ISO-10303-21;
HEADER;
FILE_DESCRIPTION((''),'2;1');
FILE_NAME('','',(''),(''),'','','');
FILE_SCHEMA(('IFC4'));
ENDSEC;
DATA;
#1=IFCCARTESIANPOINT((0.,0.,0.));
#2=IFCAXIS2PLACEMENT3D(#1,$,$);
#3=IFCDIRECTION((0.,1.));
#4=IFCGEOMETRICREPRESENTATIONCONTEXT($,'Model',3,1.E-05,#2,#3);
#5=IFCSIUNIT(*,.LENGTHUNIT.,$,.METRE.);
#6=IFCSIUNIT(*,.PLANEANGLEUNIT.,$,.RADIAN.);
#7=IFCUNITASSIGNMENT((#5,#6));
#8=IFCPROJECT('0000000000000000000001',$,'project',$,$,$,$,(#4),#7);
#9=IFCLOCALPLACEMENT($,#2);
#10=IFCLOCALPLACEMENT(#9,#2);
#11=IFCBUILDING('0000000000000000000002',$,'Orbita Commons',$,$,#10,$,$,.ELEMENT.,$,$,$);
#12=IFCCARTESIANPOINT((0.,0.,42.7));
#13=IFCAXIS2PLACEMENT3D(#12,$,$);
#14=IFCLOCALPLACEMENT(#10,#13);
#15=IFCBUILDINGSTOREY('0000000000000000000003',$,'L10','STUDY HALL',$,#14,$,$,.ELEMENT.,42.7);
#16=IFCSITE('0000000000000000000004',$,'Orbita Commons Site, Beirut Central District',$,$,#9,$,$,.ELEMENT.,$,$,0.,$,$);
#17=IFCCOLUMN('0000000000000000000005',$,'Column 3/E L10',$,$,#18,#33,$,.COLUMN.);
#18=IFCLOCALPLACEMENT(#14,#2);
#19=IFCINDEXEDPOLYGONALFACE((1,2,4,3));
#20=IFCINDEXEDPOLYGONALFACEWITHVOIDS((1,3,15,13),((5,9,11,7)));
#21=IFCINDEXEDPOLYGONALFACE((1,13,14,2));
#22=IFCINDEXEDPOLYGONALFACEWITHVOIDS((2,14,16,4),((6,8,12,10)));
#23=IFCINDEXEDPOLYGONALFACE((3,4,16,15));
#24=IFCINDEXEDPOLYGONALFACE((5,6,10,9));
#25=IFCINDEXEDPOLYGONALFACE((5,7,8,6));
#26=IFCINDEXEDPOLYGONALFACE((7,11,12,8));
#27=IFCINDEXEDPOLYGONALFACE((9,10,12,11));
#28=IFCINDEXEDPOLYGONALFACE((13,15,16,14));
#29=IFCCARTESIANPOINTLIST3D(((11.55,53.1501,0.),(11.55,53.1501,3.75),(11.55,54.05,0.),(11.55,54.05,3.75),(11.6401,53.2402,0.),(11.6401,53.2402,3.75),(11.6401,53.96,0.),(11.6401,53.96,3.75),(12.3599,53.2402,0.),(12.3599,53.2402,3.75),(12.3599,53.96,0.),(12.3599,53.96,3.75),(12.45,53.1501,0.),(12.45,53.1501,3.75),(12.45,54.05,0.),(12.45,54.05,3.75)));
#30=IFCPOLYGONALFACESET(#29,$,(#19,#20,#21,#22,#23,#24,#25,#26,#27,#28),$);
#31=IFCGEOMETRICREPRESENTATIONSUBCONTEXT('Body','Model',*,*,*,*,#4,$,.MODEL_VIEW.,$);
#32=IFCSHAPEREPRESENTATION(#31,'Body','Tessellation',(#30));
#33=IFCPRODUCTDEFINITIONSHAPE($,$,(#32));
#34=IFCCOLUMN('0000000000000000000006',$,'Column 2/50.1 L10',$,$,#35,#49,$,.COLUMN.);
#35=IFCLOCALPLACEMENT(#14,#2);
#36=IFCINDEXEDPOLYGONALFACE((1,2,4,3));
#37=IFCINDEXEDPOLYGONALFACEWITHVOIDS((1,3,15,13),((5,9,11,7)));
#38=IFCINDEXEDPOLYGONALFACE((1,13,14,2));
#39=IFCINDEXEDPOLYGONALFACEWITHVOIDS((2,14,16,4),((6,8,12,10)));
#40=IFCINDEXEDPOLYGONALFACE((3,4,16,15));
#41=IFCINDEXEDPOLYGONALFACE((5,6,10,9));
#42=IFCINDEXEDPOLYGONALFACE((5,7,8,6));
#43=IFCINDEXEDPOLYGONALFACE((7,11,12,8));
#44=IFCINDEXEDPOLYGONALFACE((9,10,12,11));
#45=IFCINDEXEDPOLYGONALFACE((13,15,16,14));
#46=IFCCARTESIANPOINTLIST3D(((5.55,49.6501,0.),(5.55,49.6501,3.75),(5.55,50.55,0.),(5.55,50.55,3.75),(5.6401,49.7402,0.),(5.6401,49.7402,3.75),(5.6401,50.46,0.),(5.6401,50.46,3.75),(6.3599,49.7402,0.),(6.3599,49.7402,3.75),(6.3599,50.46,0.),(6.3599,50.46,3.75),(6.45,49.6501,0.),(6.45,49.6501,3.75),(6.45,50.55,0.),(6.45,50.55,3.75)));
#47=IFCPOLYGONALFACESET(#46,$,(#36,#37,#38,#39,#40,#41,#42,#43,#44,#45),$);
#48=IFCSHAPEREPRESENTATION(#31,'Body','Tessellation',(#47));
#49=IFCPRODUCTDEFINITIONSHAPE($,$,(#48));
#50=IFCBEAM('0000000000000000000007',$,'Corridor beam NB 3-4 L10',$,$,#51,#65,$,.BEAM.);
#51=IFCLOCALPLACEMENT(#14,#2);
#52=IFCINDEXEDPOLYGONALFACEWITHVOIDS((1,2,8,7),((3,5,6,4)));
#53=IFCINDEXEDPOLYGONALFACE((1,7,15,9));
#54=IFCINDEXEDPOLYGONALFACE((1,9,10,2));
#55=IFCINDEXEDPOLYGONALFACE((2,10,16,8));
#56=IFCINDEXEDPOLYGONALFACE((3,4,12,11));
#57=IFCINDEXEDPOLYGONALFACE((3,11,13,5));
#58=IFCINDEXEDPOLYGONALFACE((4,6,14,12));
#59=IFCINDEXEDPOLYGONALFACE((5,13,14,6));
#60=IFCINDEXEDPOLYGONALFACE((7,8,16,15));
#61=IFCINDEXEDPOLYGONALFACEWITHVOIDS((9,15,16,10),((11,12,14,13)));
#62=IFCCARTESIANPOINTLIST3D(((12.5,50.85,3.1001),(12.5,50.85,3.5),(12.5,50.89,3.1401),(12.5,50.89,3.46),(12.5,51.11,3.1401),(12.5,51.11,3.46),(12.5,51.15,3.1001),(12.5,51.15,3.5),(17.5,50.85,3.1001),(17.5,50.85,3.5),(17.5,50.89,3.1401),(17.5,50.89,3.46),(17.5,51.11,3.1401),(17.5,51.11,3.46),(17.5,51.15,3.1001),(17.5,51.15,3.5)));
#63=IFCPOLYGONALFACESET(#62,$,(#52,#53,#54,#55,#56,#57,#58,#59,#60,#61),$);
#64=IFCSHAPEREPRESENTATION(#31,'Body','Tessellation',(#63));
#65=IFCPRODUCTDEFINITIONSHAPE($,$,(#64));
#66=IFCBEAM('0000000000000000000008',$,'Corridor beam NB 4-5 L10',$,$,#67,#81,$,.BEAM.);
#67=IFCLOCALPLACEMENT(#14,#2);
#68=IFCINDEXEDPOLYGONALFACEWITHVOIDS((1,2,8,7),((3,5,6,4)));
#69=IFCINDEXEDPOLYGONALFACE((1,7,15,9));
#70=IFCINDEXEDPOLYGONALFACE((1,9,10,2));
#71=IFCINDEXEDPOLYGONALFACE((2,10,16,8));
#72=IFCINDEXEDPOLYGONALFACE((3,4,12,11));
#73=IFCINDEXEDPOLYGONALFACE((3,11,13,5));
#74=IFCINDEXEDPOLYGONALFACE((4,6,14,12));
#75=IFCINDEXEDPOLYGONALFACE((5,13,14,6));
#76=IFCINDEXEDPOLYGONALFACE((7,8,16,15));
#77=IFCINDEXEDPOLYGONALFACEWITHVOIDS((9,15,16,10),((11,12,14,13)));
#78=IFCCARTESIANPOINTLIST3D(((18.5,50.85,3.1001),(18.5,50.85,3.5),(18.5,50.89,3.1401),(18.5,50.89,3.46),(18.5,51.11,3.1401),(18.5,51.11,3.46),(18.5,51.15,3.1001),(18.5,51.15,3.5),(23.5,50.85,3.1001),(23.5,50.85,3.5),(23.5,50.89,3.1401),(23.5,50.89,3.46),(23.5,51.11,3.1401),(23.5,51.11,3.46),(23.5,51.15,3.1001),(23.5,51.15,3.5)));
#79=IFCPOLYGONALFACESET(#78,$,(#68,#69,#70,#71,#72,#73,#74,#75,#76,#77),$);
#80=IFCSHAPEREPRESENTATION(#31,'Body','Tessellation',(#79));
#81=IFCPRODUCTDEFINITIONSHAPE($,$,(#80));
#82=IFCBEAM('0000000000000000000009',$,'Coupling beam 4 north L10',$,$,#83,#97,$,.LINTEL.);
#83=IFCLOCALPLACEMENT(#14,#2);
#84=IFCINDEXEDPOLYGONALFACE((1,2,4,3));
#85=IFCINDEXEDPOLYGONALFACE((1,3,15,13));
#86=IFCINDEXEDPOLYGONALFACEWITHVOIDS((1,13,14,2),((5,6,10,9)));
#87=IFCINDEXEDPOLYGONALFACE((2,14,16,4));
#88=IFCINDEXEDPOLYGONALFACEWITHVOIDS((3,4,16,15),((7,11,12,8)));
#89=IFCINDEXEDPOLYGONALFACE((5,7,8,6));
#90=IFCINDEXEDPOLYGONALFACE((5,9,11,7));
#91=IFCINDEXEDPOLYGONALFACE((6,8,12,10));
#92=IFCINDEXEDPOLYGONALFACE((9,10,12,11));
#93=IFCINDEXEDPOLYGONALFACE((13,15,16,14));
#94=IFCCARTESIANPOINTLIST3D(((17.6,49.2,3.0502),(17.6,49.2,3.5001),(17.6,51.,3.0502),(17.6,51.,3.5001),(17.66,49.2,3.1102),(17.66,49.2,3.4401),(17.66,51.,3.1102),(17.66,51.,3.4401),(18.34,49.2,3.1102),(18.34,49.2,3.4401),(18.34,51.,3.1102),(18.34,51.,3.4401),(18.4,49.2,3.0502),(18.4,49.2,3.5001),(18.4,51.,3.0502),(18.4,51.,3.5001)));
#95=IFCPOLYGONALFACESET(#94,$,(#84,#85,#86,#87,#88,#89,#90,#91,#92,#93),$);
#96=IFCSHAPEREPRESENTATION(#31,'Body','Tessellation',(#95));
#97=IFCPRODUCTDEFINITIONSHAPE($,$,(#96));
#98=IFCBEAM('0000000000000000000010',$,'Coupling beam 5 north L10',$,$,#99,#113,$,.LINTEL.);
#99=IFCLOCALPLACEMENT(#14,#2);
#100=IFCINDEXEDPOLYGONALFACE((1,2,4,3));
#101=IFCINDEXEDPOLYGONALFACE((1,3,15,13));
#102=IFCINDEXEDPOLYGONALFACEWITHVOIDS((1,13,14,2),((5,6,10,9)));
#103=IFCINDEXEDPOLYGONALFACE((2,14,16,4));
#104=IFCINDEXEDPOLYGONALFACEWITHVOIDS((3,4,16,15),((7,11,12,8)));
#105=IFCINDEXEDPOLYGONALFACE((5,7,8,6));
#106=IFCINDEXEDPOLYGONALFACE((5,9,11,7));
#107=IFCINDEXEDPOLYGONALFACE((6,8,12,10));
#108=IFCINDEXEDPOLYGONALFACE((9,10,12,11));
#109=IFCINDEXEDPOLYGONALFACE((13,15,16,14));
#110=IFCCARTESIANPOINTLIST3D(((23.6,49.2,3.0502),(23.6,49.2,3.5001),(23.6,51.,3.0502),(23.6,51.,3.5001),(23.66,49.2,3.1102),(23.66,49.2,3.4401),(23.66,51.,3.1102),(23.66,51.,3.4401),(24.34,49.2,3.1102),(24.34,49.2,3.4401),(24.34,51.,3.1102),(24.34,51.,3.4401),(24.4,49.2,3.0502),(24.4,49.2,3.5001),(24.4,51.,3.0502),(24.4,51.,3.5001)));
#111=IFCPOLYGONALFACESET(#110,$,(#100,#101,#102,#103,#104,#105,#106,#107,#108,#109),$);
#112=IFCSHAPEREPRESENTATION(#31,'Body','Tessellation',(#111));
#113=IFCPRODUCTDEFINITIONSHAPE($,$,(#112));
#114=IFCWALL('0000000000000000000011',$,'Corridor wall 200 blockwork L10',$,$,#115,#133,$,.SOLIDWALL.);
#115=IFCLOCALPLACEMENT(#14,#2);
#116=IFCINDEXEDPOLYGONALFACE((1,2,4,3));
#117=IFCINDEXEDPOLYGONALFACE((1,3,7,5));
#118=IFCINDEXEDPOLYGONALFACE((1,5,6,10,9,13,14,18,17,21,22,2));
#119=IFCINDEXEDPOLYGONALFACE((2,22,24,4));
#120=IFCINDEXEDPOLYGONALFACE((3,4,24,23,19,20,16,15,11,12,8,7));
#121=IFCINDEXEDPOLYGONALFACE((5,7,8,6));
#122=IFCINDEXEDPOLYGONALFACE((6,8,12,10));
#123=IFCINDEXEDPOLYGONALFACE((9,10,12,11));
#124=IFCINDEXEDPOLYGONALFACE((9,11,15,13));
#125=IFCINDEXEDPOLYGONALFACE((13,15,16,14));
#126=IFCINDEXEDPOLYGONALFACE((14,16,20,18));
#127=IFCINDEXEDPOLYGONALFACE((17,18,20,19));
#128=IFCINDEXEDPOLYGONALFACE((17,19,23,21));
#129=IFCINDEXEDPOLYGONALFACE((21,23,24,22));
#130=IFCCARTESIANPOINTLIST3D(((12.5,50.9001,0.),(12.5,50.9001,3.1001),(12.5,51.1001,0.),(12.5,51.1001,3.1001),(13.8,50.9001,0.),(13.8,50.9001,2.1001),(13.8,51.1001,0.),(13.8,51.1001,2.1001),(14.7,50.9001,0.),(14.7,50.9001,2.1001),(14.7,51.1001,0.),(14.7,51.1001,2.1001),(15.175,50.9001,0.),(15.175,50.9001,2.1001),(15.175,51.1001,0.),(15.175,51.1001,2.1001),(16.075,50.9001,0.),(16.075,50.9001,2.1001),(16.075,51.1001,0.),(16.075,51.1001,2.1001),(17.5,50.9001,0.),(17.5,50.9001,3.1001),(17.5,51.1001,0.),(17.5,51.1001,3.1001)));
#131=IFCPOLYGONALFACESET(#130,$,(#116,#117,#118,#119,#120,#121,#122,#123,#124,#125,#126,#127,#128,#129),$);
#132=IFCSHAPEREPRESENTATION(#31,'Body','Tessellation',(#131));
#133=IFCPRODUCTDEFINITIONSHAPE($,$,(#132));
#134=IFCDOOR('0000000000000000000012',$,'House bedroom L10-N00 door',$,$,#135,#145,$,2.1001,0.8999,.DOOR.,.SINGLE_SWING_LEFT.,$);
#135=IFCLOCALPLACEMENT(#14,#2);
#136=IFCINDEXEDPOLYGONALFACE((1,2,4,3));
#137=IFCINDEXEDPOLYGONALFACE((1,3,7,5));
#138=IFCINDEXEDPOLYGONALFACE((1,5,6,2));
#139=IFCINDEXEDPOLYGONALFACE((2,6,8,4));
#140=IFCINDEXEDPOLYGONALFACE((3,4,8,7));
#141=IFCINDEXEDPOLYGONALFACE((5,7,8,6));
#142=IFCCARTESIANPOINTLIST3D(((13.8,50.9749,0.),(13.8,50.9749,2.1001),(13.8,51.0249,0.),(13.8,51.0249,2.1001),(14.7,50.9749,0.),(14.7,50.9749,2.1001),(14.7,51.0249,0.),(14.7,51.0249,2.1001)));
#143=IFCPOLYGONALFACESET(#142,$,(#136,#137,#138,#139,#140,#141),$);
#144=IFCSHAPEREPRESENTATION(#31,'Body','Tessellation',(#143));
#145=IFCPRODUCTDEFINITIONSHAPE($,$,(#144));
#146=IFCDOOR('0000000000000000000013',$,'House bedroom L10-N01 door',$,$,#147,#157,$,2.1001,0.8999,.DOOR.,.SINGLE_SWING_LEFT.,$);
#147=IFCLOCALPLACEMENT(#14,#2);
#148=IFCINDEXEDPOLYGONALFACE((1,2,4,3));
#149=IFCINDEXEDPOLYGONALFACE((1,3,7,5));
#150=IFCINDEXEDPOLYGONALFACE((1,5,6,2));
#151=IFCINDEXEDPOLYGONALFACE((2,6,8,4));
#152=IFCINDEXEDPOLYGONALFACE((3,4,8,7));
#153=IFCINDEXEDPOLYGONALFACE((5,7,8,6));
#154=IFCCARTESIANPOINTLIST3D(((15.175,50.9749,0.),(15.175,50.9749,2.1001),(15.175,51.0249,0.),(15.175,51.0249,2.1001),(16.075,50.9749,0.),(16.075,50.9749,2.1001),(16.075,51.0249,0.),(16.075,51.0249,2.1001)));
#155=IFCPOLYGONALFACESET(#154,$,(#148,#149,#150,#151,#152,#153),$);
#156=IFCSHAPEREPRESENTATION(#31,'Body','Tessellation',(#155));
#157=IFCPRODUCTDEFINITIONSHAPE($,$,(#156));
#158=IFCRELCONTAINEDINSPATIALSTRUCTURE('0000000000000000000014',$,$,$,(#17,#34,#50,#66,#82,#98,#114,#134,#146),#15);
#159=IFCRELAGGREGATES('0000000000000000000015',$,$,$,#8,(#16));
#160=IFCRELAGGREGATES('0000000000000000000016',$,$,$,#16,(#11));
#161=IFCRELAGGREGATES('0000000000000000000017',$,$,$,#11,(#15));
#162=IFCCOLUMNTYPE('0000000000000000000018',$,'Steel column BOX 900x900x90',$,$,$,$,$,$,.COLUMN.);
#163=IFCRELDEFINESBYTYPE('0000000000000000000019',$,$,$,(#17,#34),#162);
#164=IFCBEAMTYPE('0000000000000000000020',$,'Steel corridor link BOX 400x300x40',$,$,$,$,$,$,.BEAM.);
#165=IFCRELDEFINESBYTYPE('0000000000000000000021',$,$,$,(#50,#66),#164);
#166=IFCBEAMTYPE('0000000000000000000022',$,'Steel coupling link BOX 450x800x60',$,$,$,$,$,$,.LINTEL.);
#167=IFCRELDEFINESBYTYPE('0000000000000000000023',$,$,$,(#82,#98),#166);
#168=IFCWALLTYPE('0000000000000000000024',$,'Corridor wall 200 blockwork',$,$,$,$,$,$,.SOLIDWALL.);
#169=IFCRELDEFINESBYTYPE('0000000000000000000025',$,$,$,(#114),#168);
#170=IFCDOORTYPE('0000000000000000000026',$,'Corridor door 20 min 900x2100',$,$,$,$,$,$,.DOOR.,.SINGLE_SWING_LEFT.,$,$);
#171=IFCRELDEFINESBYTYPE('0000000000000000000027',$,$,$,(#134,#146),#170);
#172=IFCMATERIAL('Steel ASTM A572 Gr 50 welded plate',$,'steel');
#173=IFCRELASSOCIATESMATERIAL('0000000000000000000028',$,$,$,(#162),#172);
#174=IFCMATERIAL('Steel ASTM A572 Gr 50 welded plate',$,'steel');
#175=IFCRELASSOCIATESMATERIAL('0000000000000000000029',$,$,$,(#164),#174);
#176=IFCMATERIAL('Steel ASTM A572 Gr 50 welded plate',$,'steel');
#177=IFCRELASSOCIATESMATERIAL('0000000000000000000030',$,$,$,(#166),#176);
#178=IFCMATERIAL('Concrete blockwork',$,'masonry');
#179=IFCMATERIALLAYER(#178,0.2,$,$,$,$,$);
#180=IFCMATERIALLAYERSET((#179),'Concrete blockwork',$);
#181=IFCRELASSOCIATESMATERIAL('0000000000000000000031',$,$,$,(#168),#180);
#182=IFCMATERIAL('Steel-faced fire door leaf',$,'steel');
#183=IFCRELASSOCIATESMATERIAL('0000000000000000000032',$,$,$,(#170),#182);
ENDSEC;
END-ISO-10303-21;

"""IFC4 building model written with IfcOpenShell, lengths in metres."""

from ifc_helpers import new_model, si_unit, direction, frame, frame_2d, origin, origin_2d, place, context, subcontext, project, spatial, polyline, rectangle, hollow_rectangle, outline, extrude, material, layer, layer_set, material_profile, profile_set, type_object, element, fill, save


model = new_model("IFC4")

# Units and contexts
model_context = context("Model", 3, precision=1e-05, world=origin(), true_north=direction((0.0, 1.0)))
body_context = subcontext(model_context, "Body", "Model", "MODEL_VIEW")
ifc_project = project(units=[si_unit("LENGTHUNIT", "METRE"), si_unit("PLANEANGLEUNIT", "RADIAN")], contexts=[model_context])

# Site, building, storey
site_placement = place(None, origin())
site = spatial("IfcSite", under=ifc_project, at=site_placement, Name="Orbita Commons Site, Beirut Central District", CompositionType="ELEMENT", RefElevation=0.0)
building_placement = place(site_placement, origin())
building = spatial("IfcBuilding", under=site, at=building_placement, Name="Orbita Commons", CompositionType="ELEMENT")
storey_placement = place(building_placement, frame((0.0, 0.0, 42.7)))
storey = spatial("IfcBuildingStorey", under=building, at=storey_placement, Name="L10", Description="STUDY HALL", CompositionType="ELEMENT", Elevation=42.7)

# Columns
ifc_material_1 = material(Name="Steel ASTM A572 Gr 50 welded plate", Category="steel")
ifc_material_profile_1 = material_profile(ifc_material_1, hollow_rectangle(XDim=0.8999, YDim=0.8999, WallThickness=0.0901, at=origin_2d()), Name="BOX 900x900x90")
ifc_profile_set_1 = profile_set([ifc_material_profile_1], Name="Steel ASTM A572 Gr 50 welded plate")
column_type = type_object("IfcColumnType", Name="Steel column BOX 900x900x90", PredefinedType="COLUMN", material=ifc_profile_set_1)
for number, where, z_axis, x_axis, name in (
    (1, (12.0, 53.6001, 0.0), (0.0, 0.0, 1.0), (1.0, 0.0, 0.0), "Column 3/E L10"),
    (2, (6.0, 50.1001, 0.0), (0.0, 0.0, 1.0), (1.0, 0.0, 0.0), "Column 2/50.1 L10"),
):
    element("IfcColumn", number, at=place(storey_placement, frame(where, z_axis=z_axis, x_axis=x_axis)), inside=storey, type_object=column_type, Name=name, PredefinedType="COLUMN", context=body_context, shape_type="SweptSolid", body=[
        extrude(hollow_rectangle(XDim=0.8999, YDim=0.8999, WallThickness=0.0901, at=origin_2d()), origin(), (0.0, 0.0, 1.0), 3.75),
    ])

# Beams
ifc_material_2 = material(Name="Steel ASTM A572 Gr 50 welded plate", Category="steel")
ifc_material_profile_2 = material_profile(ifc_material_2, hollow_rectangle(XDim=0.3, YDim=0.3999, WallThickness=0.04, at=origin_2d()), Name="BOX 400x300x40")
ifc_profile_set_2 = profile_set([ifc_material_profile_2], Name="Steel ASTM A572 Gr 50 welded plate")
beam_type_1 = type_object("IfcBeamType", Name="Steel corridor link BOX 400x300x40", PredefinedType="BEAM", material=ifc_profile_set_2)
for number, where, z_axis, x_axis, name in (
    (3, (12.5, 51.0, 3.3), (1.0, 0.0, 0.0), (0.0, 1.0, 0.0), "Corridor beam NB 3-4 L10"),
    (4, (18.5, 51.0, 3.3), (1.0, 0.0, 0.0), (0.0, 1.0, 0.0), "Corridor beam NB 4-5 L10"),
):
    element("IfcBeam", number, at=place(storey_placement, frame(where, z_axis=z_axis, x_axis=x_axis)), inside=storey, type_object=beam_type_1, Name=name, PredefinedType="BEAM", context=body_context, shape_type="SweptSolid", body=[
        extrude(hollow_rectangle(XDim=0.3, YDim=0.3999, WallThickness=0.04, at=origin_2d()), origin(), (0.0, 0.0, 1.0), 5.0),
    ])
ifc_material_3 = material(Name="Steel ASTM A572 Gr 50 welded plate", Category="steel")
ifc_material_profile_3 = material_profile(ifc_material_3, hollow_rectangle(XDim=0.8, YDim=0.45, WallThickness=0.0601, at=origin_2d()), Name="BOX 450x800x60")
ifc_profile_set_3 = profile_set([ifc_material_profile_3], Name="Steel ASTM A572 Gr 50 welded plate")
beam_type_2 = type_object("IfcBeamType", Name="Steel coupling link BOX 450x800x60", PredefinedType="LINTEL", material=ifc_profile_set_3)
for number, where, z_axis, x_axis, name in (
    (5, (18.0, 49.2, 3.2751), (0.0, 1.0, 0.0), (-1.0, 0.0, 0.0), "Coupling beam 4 north L10"),
    (6, (24.0, 49.2, 3.2751), (0.0, 1.0, 0.0), (-1.0, 0.0, 0.0), "Coupling beam 5 north L10"),
):
    element("IfcBeam", number, at=place(storey_placement, frame(where, z_axis=z_axis, x_axis=x_axis)), inside=storey, type_object=beam_type_2, Name=name, PredefinedType="LINTEL", context=body_context, shape_type="SweptSolid", body=[
        extrude(hollow_rectangle(XDim=0.8, YDim=0.45, WallThickness=0.0601, at=origin_2d()), origin(), (0.0, 0.0, 1.0), 1.8),
    ])

# Wall, openings, doors
ifc_material_4 = material(Name="Concrete blockwork", Category="masonry")
ifc_layer_1 = layer(ifc_material_4, 0.2)
ifc_layer_set_1 = layer_set([ifc_layer_1], Name="Concrete blockwork")
wall_type_1 = type_object("IfcWallType", Name="Corridor wall 200 blockwork", PredefinedType="SOLIDWALL", material=ifc_layer_set_1)
wall_1_placement = place(storey_placement, frame((12.5, 51.0, 0.0), z_axis=(0.0, 0.0, 1.0), x_axis=(1.0, 0.0, 0.0)))
wall_1 = element("IfcWall", 7, at=wall_1_placement, inside=storey, type_object=wall_type_1, Name="Corridor wall 200 blockwork L10", PredefinedType="SOLIDWALL", context=body_context, shape_type="SweptSolid", body=[
    extrude(outline(polyline([(0.0, 0.0), (5.0, 0.0), (5.0, 3.1001), (0.0, 3.1001), (0.0, 0.0)])), frame((0.0, 0.1001, 0.0), z_axis=(0.0, -1.0, 0.0), x_axis=(1.0, 0.0, 0.0)), (0.0, 0.0, 1.0), 0.2),
])
opening_1_placement = place(wall_1_placement, frame((1.3, 0.0, 0.0)))
opening_1 = element("IfcOpeningElement", 8, at=opening_1_placement, cuts=wall_1, PredefinedType="OPENING", context=body_context, shape_type="SweptSolid", body=[
    extrude(rectangle(XDim=0.8999, YDim=2.1001, at=frame_2d((0.45, 1.05))), frame((0.0, 0.1099, 0.0), z_axis=(0.0, -1.0, 0.0), x_axis=(1.0, 0.0, 0.0)), (0.0, 0.0, 1.0), 0.22),
])
opening_2_placement = place(wall_1_placement, frame((2.675, 0.0, 0.0)))
opening_2 = element("IfcOpeningElement", 9, at=opening_2_placement, cuts=wall_1, PredefinedType="OPENING", context=body_context, shape_type="SweptSolid", body=[
    extrude(rectangle(XDim=0.8999, YDim=2.1001, at=frame_2d((0.45, 1.05))), frame((0.0, 0.1099, 0.0), z_axis=(0.0, -1.0, 0.0), x_axis=(1.0, 0.0, 0.0)), (0.0, 0.0, 1.0), 0.22),
])
ifc_material_5 = material(Name="Steel-faced fire door leaf", Category="steel")
door_type_1 = type_object("IfcDoorType", Name="Corridor door 20 min 900x2100", OperationType="SINGLE_SWING_LEFT", PredefinedType="DOOR", material=ifc_material_5)
door_1_placement = place(opening_1_placement, origin())
door_1 = element("IfcDoor", 10, at=door_1_placement, inside=storey, type_object=door_type_1, Name="House bedroom L10-N00 door", OperationType="SINGLE_SWING_LEFT", OverallHeight=2.1001, OverallWidth=0.8999, PredefinedType="DOOR", context=body_context, shape_type="SweptSolid", body=[
    extrude(rectangle(XDim=0.8999, YDim=2.1001, at=frame_2d((0.45, 1.05))), frame((0.0, 0.0249, 0.0), z_axis=(0.0, -1.0, 0.0), x_axis=(1.0, 0.0, 0.0)), (0.0, 0.0, 1.0), 0.05),
])
fill(opening_1, door_1)
door_2_placement = place(opening_2_placement, origin())
door_2 = element("IfcDoor", 11, at=door_2_placement, inside=storey, type_object=door_type_1, Name="House bedroom L10-N01 door", OperationType="SINGLE_SWING_LEFT", OverallHeight=2.1001, OverallWidth=0.8999, PredefinedType="DOOR", context=body_context, shape_type="SweptSolid", body=[
    extrude(rectangle(XDim=0.8999, YDim=2.1001, at=frame_2d((0.45, 1.05))), frame((0.0, 0.0249, 0.0), z_axis=(0.0, -1.0, 0.0), x_axis=(1.0, 0.0, 0.0)), (0.0, 0.0, 1.0), 0.05),
])
fill(opening_2, door_2)

save(model, "model.ifc")
